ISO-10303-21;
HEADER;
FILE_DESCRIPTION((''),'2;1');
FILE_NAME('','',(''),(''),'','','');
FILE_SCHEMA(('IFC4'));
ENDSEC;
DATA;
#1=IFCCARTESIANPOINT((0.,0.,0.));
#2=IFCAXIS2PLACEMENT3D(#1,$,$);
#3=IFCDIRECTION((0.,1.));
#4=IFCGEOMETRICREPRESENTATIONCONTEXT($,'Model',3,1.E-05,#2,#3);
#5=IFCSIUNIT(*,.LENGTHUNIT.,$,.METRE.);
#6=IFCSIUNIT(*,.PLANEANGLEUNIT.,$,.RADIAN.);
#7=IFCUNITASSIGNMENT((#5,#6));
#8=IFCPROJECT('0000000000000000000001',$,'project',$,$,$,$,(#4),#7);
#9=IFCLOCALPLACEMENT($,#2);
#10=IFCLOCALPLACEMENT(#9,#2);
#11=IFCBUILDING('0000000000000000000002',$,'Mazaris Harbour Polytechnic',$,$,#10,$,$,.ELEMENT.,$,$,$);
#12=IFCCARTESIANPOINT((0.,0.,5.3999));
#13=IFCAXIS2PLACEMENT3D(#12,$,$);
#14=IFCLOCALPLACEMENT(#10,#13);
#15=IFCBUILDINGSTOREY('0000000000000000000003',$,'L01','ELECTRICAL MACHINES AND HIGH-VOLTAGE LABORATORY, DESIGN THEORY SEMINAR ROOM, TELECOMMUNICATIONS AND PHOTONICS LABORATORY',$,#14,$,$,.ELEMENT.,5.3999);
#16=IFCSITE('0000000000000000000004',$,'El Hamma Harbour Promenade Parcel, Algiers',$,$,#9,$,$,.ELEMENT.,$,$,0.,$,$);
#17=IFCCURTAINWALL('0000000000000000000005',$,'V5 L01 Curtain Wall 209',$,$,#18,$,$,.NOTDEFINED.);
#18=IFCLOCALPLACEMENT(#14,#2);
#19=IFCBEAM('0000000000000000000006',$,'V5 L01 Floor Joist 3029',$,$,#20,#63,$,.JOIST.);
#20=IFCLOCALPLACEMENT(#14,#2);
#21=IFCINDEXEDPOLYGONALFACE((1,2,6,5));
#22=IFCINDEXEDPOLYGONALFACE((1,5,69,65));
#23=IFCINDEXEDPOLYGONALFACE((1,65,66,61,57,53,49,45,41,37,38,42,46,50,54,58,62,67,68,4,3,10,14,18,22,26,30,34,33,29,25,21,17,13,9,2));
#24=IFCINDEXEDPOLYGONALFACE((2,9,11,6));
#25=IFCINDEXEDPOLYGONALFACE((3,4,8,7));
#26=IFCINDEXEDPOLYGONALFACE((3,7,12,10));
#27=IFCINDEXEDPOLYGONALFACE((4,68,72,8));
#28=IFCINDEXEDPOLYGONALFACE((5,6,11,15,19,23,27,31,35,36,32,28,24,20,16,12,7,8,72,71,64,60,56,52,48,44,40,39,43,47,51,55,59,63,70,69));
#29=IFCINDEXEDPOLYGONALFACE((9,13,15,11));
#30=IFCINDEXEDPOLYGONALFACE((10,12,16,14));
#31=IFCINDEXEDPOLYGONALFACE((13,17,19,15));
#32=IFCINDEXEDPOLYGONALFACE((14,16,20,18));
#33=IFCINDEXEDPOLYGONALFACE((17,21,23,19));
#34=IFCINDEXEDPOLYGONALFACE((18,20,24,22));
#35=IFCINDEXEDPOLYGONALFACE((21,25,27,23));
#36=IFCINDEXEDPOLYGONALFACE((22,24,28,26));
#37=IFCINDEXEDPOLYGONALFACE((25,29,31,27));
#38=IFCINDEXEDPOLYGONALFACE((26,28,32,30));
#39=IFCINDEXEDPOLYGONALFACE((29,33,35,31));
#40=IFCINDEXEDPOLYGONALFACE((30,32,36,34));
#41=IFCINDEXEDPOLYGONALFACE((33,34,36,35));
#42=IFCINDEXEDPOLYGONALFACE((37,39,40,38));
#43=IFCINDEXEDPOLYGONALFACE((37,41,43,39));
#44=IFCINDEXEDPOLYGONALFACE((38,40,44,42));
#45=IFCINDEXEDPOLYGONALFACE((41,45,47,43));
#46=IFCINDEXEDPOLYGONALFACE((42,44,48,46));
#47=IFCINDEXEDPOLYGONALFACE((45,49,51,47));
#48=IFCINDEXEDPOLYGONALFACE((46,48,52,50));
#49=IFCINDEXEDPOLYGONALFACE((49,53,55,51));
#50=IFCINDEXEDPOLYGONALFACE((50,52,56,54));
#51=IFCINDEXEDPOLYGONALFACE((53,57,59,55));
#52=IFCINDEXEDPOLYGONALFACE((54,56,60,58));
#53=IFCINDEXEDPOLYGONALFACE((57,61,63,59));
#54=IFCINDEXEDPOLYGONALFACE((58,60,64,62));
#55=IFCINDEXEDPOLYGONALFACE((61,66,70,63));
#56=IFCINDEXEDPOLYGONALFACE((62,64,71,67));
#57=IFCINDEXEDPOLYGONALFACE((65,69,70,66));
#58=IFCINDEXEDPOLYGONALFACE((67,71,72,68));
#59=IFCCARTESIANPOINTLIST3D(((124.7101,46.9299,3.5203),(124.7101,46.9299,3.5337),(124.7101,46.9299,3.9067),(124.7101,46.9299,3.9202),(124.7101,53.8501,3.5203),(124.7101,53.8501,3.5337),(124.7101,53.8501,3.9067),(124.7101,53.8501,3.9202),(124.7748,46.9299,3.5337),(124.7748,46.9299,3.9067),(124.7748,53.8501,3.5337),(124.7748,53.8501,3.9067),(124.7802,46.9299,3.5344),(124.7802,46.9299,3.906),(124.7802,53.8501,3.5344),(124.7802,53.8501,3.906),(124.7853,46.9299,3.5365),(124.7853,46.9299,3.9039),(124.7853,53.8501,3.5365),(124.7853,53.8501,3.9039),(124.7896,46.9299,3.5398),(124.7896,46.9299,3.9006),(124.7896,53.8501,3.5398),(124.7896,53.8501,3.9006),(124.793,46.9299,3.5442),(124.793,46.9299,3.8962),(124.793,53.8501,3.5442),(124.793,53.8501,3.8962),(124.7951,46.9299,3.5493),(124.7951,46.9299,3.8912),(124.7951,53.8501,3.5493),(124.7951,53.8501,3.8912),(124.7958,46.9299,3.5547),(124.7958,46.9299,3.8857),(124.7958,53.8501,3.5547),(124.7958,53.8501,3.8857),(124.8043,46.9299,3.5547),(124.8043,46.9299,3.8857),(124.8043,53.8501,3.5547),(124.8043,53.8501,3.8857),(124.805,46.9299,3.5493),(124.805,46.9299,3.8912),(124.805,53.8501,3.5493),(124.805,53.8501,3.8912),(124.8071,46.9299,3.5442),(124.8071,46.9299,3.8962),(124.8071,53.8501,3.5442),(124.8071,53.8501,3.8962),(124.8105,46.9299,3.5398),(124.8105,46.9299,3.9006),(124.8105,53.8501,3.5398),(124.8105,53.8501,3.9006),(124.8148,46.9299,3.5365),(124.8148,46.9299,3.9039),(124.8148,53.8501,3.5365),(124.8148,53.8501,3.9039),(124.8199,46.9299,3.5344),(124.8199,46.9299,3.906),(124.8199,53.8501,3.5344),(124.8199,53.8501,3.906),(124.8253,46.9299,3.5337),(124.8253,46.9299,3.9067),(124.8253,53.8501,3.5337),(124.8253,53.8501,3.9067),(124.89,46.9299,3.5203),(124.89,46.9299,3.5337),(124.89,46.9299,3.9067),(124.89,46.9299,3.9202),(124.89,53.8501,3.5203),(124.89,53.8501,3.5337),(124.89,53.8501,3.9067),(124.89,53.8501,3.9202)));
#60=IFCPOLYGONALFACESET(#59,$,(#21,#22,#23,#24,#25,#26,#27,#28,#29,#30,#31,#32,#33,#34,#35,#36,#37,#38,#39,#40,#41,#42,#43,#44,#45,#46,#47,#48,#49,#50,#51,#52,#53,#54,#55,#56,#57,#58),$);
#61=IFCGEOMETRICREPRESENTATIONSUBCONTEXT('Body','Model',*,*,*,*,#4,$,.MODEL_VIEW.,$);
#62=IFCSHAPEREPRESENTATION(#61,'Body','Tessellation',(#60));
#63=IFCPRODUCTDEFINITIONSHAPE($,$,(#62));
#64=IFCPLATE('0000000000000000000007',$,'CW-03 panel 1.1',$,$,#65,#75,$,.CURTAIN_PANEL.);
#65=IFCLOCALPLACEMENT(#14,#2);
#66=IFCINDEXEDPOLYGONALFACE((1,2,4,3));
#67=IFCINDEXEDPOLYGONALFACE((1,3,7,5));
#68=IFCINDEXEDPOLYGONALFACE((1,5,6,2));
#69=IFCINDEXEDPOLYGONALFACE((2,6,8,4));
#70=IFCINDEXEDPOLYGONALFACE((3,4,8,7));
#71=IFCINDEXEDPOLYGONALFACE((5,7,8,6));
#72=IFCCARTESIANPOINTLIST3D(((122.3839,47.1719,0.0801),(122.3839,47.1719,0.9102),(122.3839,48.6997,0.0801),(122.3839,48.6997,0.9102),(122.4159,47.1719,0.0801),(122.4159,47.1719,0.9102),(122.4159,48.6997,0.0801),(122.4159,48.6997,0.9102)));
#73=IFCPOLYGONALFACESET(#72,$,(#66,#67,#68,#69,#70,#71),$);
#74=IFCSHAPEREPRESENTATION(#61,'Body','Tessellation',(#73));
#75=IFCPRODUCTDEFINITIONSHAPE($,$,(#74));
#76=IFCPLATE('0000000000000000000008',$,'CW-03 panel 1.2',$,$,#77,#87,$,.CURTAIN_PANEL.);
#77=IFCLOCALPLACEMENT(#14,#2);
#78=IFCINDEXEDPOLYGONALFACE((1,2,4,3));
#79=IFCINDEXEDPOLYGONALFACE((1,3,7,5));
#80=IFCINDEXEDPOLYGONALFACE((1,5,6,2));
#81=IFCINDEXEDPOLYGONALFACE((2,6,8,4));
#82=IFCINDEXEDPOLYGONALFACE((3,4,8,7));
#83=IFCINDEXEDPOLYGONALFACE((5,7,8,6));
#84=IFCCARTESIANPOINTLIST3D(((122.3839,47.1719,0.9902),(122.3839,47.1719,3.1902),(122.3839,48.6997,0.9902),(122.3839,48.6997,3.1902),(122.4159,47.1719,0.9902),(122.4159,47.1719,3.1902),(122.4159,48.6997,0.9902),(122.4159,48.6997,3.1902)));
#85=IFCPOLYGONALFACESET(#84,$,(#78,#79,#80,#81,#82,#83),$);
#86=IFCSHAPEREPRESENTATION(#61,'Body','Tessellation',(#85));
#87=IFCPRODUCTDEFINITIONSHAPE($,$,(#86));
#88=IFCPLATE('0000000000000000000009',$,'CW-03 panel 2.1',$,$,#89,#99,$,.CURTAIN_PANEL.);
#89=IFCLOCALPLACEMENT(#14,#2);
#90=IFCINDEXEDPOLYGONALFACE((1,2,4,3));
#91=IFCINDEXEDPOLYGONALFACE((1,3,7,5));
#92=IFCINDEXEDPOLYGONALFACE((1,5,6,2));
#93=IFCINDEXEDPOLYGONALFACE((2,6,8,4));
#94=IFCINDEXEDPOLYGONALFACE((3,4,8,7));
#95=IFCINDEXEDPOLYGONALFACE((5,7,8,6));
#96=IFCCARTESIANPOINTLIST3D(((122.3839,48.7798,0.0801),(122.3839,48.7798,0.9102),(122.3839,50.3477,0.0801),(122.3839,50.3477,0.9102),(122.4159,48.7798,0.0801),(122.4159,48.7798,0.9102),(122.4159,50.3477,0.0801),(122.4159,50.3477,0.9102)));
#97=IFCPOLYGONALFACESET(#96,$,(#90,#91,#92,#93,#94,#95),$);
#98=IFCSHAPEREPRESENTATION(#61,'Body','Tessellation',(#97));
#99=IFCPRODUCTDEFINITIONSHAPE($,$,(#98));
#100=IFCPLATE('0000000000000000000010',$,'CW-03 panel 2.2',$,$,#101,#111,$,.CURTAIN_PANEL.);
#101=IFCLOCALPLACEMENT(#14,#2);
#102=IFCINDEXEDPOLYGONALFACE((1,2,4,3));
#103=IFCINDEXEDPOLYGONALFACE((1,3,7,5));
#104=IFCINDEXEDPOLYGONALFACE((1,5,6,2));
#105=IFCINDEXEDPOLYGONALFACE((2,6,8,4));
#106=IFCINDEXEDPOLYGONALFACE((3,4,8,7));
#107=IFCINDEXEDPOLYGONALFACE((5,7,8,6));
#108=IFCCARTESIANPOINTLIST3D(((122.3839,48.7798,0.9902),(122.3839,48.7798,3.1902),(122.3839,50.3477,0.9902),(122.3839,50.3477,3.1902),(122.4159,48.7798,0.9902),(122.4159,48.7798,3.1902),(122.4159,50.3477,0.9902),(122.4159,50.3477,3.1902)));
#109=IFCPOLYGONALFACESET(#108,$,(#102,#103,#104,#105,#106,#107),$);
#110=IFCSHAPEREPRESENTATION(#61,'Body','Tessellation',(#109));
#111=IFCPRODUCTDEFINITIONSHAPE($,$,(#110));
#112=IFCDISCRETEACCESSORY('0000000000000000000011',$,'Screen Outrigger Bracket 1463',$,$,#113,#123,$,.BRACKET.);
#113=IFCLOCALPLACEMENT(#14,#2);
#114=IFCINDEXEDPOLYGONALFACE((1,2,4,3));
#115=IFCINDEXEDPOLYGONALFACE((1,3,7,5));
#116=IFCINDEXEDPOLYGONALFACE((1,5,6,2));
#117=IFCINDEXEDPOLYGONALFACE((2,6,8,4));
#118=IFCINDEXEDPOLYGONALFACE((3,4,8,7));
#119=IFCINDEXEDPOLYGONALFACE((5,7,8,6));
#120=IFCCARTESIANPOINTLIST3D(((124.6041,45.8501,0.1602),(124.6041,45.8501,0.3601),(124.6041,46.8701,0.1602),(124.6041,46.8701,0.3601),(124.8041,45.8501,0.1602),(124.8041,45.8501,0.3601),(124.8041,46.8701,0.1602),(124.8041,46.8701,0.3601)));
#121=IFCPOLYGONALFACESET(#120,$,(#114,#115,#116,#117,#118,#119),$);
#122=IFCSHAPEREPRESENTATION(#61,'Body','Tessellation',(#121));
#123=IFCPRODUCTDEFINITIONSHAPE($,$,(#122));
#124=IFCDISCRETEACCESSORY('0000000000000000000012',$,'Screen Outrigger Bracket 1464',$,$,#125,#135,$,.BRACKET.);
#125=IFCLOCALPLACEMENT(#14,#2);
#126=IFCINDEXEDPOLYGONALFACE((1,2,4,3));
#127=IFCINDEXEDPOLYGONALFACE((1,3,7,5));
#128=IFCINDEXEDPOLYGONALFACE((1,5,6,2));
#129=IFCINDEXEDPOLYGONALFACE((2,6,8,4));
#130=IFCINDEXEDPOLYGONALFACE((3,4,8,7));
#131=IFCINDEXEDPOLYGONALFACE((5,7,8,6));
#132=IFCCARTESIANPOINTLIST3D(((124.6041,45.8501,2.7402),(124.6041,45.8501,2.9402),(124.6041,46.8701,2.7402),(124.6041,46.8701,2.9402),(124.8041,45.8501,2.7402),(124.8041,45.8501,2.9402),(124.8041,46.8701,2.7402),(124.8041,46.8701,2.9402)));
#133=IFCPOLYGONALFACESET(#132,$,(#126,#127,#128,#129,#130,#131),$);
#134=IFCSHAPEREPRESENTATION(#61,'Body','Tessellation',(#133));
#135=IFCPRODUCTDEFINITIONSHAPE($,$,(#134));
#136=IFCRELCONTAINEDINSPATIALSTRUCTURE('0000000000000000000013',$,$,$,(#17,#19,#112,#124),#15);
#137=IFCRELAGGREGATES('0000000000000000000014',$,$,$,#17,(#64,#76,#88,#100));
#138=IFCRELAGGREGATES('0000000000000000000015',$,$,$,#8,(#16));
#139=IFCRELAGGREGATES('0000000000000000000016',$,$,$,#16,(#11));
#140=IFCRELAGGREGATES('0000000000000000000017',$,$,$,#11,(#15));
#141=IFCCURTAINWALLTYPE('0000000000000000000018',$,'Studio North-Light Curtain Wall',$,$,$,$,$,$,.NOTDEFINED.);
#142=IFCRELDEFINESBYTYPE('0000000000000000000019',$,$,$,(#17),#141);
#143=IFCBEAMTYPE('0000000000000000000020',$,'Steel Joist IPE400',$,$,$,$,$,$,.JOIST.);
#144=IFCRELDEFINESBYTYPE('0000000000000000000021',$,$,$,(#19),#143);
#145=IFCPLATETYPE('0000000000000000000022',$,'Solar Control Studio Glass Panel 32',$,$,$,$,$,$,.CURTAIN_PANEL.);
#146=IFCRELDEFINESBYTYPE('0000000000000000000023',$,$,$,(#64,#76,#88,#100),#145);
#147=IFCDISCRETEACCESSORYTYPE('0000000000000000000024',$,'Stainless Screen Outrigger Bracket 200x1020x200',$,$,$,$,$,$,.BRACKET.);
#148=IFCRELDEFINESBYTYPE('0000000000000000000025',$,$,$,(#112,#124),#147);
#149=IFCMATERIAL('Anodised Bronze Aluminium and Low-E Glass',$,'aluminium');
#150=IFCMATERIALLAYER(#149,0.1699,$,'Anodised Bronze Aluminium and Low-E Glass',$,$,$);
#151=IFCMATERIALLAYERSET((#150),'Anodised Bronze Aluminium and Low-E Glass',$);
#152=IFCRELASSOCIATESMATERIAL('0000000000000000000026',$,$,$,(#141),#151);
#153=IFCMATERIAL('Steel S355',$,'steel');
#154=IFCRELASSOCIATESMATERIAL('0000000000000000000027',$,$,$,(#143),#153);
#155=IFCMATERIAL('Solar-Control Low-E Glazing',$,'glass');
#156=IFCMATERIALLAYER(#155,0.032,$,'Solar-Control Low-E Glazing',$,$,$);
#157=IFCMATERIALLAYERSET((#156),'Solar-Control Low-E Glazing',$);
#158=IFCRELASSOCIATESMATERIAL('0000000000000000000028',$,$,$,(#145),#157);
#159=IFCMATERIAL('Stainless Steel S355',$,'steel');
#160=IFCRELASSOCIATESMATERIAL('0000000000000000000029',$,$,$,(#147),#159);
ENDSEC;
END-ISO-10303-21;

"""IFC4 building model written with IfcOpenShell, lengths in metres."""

from ifc_helpers import new_model, si_unit, direction, frame, origin, origin_2d, place, context, subcontext, project, spatial, rectangle, i_section, extrude, material, layer, layer_set, material_profile, profile_set, type_object, element, aggregate, save


model = new_model("IFC4")

# Units and contexts
model_context = context("Model", 3, precision=1e-05, world=origin(), true_north=direction((0.0, 1.0)))
body_context = subcontext(model_context, "Body", "Model", "MODEL_VIEW")
ifc_project = project(units=[si_unit("LENGTHUNIT", "METRE"), si_unit("PLANEANGLEUNIT", "RADIAN")], contexts=[model_context])

# Site, building, storey
site_placement = place(None, origin())
site = spatial("IfcSite", under=ifc_project, at=site_placement, Name="El Hamma Harbour Promenade Parcel, Algiers", CompositionType="ELEMENT", RefElevation=0.0)
building_placement = place(site_placement, origin())
building = spatial("IfcBuilding", under=site, at=building_placement, Name="Mazaris Harbour Polytechnic", CompositionType="ELEMENT")
storey_placement = place(building_placement, frame((0.0, 0.0, 5.3999)))
storey = spatial("IfcBuildingStorey", under=building, at=storey_placement, Name="L01", Description="ELECTRICAL MACHINES AND HIGH-VOLTAGE LABORATORY, DESIGN THEORY SEMINAR ROOM, TELECOMMUNICATIONS AND PHOTONICS LABORATORY", CompositionType="ELEMENT", Elevation=5.3999)

# Curtain wall
ifc_material_1 = material(Name="Anodised Bronze Aluminium and Low-E Glass", Category="aluminium")
ifc_layer_1 = layer(ifc_material_1, 0.1699, Name="Anodised Bronze Aluminium and Low-E Glass")
ifc_layer_set_1 = layer_set([ifc_layer_1], Name="Anodised Bronze Aluminium and Low-E Glass")
curtain_wall_type = type_object("IfcCurtainWallType", Name="Studio North-Light Curtain Wall", PredefinedType="NOTDEFINED", material=ifc_layer_set_1)
curtain_wall_placement = place(storey_placement, origin())
curtain_wall = element("IfcCurtainWall", 1, at=curtain_wall_placement, inside=storey, type_object=curtain_wall_type, Name="V5 L01 Curtain Wall 209", PredefinedType="NOTDEFINED")

# Beam
ifc_material_2 = material(Name="Steel S355", Category="steel")
ifc_material_profile_1 = material_profile(ifc_material_2, i_section(OverallWidth=0.1799, OverallDepth=0.3999, WebThickness=0.0085, FlangeThickness=0.0134, FilletRadius=0.021, at=origin_2d()), Name="IPE 400")
ifc_profile_set_1 = profile_set([ifc_material_profile_1], Name="Steel S355")
beam_type_1 = type_object("IfcBeamType", Name="Steel Joist IPE400", PredefinedType="JOIST", material=ifc_profile_set_1)
beam_1_placement = place(storey_placement, frame((124.8, 46.9299, 3.7202), z_axis=(0.0, 1.0, 0.0), x_axis=(-1.0, 0.0, 0.0)))
element("IfcBeam", 2, at=beam_1_placement, inside=storey, type_object=beam_type_1, Name="V5 L01 Floor Joist 3029", PredefinedType="JOIST", context=body_context, shape_type="SweptSolid", body=[
    extrude(i_section(OverallWidth=0.1799, OverallDepth=0.3999, WebThickness=0.0085, FlangeThickness=0.0134, FilletRadius=0.021, at=origin_2d()), origin(), (0.0, 0.0, 1.0), 6.9202),
])

# Plates
ifc_material_3 = material(Name="Solar-Control Low-E Glazing", Category="glass")
ifc_layer_2 = layer(ifc_material_3, 0.032, Name="Solar-Control Low-E Glazing")
ifc_layer_set_2 = layer_set([ifc_layer_2], Name="Solar-Control Low-E Glazing")
plate_type = type_object("IfcPlateType", Name="Solar Control Studio Glass Panel 32", PredefinedType="CURTAIN_PANEL", material=ifc_layer_set_2)
plate_1_placement = place(storey_placement, frame((122.3999, 47.9358, 0.0801), z_axis=(0.0, 0.0, 1.0), x_axis=(0.0, 1.0, 0.0)))
plate_1 = element("IfcPlate", 3, at=plate_1_placement, type_object=plate_type, Name="CW-03 panel 1.1", PredefinedType="CURTAIN_PANEL", context=body_context, shape_type="SweptSolid", body=[
    extrude(rectangle(XDim=1.5278, YDim=0.032, at=origin_2d()), origin(), (0.0, 0.0, 1.0), 0.8301),
])
plate_2_placement = place(storey_placement, frame((122.3999, 47.9358, 0.9902), z_axis=(0.0, 0.0, 1.0), x_axis=(0.0, 1.0, 0.0)))
plate_2 = element("IfcPlate", 4, at=plate_2_placement, type_object=plate_type, Name="CW-03 panel 1.2", PredefinedType="CURTAIN_PANEL", context=body_context, shape_type="SweptSolid", body=[
    extrude(rectangle(XDim=1.5278, YDim=0.032, at=origin_2d()), origin(), (0.0, 0.0, 1.0), 2.2),
])
plate_3_placement = place(storey_placement, frame((122.3999, 49.5637, 0.0801), z_axis=(0.0, 0.0, 1.0), x_axis=(0.0, 1.0, 0.0)))
plate_3 = element("IfcPlate", 5, at=plate_3_placement, type_object=plate_type, Name="CW-03 panel 2.1", PredefinedType="CURTAIN_PANEL", context=body_context, shape_type="SweptSolid", body=[
    extrude(rectangle(XDim=1.5679, YDim=0.032, at=origin_2d()), origin(), (0.0, 0.0, 1.0), 0.8301),
])
plate_4_placement = place(storey_placement, frame((122.3999, 49.5637, 0.9902), z_axis=(0.0, 0.0, 1.0), x_axis=(0.0, 1.0, 0.0)))
plate_4 = element("IfcPlate", 6, at=plate_4_placement, type_object=plate_type, Name="CW-03 panel 2.2", PredefinedType="CURTAIN_PANEL", context=body_context, shape_type="SweptSolid", body=[
    extrude(rectangle(XDim=1.5679, YDim=0.032, at=origin_2d()), origin(), (0.0, 0.0, 1.0), 2.2),
])
aggregate(curtain_wall, [plate_1, plate_2, plate_3, plate_4])

# Discrete accessories
ifc_material_4 = material(Name="Stainless Steel S355", Category="steel")
discrete_accessory_type = type_object("IfcDiscreteAccessoryType", Name="Stainless Screen Outrigger Bracket 200x1020x200", PredefinedType="BRACKET", material=ifc_material_4)
for number, where, z_axis, x_axis, name in (
    (7, (124.7041, 46.3601, 0.1602), (0.0, 0.0, 1.0), (-1.0, 0.0, 0.0), "Screen Outrigger Bracket 1463"),
    (8, (124.7041, 46.3601, 2.7402), (0.0, 0.0, 1.0), (-1.0, 0.0, 0.0), "Screen Outrigger Bracket 1464"),
):
    element("IfcDiscreteAccessory", number, at=place(storey_placement, frame(where, z_axis=z_axis, x_axis=x_axis)), inside=storey, type_object=discrete_accessory_type, Name=name, PredefinedType="BRACKET", context=body_context, shape_type="SweptSolid", body=[
        extrude(rectangle(XDim=0.2, YDim=1.02, at=origin_2d()), origin(), (0.0, 0.0, 1.0), 0.2),
    ])

save(model, "model.ifc")
